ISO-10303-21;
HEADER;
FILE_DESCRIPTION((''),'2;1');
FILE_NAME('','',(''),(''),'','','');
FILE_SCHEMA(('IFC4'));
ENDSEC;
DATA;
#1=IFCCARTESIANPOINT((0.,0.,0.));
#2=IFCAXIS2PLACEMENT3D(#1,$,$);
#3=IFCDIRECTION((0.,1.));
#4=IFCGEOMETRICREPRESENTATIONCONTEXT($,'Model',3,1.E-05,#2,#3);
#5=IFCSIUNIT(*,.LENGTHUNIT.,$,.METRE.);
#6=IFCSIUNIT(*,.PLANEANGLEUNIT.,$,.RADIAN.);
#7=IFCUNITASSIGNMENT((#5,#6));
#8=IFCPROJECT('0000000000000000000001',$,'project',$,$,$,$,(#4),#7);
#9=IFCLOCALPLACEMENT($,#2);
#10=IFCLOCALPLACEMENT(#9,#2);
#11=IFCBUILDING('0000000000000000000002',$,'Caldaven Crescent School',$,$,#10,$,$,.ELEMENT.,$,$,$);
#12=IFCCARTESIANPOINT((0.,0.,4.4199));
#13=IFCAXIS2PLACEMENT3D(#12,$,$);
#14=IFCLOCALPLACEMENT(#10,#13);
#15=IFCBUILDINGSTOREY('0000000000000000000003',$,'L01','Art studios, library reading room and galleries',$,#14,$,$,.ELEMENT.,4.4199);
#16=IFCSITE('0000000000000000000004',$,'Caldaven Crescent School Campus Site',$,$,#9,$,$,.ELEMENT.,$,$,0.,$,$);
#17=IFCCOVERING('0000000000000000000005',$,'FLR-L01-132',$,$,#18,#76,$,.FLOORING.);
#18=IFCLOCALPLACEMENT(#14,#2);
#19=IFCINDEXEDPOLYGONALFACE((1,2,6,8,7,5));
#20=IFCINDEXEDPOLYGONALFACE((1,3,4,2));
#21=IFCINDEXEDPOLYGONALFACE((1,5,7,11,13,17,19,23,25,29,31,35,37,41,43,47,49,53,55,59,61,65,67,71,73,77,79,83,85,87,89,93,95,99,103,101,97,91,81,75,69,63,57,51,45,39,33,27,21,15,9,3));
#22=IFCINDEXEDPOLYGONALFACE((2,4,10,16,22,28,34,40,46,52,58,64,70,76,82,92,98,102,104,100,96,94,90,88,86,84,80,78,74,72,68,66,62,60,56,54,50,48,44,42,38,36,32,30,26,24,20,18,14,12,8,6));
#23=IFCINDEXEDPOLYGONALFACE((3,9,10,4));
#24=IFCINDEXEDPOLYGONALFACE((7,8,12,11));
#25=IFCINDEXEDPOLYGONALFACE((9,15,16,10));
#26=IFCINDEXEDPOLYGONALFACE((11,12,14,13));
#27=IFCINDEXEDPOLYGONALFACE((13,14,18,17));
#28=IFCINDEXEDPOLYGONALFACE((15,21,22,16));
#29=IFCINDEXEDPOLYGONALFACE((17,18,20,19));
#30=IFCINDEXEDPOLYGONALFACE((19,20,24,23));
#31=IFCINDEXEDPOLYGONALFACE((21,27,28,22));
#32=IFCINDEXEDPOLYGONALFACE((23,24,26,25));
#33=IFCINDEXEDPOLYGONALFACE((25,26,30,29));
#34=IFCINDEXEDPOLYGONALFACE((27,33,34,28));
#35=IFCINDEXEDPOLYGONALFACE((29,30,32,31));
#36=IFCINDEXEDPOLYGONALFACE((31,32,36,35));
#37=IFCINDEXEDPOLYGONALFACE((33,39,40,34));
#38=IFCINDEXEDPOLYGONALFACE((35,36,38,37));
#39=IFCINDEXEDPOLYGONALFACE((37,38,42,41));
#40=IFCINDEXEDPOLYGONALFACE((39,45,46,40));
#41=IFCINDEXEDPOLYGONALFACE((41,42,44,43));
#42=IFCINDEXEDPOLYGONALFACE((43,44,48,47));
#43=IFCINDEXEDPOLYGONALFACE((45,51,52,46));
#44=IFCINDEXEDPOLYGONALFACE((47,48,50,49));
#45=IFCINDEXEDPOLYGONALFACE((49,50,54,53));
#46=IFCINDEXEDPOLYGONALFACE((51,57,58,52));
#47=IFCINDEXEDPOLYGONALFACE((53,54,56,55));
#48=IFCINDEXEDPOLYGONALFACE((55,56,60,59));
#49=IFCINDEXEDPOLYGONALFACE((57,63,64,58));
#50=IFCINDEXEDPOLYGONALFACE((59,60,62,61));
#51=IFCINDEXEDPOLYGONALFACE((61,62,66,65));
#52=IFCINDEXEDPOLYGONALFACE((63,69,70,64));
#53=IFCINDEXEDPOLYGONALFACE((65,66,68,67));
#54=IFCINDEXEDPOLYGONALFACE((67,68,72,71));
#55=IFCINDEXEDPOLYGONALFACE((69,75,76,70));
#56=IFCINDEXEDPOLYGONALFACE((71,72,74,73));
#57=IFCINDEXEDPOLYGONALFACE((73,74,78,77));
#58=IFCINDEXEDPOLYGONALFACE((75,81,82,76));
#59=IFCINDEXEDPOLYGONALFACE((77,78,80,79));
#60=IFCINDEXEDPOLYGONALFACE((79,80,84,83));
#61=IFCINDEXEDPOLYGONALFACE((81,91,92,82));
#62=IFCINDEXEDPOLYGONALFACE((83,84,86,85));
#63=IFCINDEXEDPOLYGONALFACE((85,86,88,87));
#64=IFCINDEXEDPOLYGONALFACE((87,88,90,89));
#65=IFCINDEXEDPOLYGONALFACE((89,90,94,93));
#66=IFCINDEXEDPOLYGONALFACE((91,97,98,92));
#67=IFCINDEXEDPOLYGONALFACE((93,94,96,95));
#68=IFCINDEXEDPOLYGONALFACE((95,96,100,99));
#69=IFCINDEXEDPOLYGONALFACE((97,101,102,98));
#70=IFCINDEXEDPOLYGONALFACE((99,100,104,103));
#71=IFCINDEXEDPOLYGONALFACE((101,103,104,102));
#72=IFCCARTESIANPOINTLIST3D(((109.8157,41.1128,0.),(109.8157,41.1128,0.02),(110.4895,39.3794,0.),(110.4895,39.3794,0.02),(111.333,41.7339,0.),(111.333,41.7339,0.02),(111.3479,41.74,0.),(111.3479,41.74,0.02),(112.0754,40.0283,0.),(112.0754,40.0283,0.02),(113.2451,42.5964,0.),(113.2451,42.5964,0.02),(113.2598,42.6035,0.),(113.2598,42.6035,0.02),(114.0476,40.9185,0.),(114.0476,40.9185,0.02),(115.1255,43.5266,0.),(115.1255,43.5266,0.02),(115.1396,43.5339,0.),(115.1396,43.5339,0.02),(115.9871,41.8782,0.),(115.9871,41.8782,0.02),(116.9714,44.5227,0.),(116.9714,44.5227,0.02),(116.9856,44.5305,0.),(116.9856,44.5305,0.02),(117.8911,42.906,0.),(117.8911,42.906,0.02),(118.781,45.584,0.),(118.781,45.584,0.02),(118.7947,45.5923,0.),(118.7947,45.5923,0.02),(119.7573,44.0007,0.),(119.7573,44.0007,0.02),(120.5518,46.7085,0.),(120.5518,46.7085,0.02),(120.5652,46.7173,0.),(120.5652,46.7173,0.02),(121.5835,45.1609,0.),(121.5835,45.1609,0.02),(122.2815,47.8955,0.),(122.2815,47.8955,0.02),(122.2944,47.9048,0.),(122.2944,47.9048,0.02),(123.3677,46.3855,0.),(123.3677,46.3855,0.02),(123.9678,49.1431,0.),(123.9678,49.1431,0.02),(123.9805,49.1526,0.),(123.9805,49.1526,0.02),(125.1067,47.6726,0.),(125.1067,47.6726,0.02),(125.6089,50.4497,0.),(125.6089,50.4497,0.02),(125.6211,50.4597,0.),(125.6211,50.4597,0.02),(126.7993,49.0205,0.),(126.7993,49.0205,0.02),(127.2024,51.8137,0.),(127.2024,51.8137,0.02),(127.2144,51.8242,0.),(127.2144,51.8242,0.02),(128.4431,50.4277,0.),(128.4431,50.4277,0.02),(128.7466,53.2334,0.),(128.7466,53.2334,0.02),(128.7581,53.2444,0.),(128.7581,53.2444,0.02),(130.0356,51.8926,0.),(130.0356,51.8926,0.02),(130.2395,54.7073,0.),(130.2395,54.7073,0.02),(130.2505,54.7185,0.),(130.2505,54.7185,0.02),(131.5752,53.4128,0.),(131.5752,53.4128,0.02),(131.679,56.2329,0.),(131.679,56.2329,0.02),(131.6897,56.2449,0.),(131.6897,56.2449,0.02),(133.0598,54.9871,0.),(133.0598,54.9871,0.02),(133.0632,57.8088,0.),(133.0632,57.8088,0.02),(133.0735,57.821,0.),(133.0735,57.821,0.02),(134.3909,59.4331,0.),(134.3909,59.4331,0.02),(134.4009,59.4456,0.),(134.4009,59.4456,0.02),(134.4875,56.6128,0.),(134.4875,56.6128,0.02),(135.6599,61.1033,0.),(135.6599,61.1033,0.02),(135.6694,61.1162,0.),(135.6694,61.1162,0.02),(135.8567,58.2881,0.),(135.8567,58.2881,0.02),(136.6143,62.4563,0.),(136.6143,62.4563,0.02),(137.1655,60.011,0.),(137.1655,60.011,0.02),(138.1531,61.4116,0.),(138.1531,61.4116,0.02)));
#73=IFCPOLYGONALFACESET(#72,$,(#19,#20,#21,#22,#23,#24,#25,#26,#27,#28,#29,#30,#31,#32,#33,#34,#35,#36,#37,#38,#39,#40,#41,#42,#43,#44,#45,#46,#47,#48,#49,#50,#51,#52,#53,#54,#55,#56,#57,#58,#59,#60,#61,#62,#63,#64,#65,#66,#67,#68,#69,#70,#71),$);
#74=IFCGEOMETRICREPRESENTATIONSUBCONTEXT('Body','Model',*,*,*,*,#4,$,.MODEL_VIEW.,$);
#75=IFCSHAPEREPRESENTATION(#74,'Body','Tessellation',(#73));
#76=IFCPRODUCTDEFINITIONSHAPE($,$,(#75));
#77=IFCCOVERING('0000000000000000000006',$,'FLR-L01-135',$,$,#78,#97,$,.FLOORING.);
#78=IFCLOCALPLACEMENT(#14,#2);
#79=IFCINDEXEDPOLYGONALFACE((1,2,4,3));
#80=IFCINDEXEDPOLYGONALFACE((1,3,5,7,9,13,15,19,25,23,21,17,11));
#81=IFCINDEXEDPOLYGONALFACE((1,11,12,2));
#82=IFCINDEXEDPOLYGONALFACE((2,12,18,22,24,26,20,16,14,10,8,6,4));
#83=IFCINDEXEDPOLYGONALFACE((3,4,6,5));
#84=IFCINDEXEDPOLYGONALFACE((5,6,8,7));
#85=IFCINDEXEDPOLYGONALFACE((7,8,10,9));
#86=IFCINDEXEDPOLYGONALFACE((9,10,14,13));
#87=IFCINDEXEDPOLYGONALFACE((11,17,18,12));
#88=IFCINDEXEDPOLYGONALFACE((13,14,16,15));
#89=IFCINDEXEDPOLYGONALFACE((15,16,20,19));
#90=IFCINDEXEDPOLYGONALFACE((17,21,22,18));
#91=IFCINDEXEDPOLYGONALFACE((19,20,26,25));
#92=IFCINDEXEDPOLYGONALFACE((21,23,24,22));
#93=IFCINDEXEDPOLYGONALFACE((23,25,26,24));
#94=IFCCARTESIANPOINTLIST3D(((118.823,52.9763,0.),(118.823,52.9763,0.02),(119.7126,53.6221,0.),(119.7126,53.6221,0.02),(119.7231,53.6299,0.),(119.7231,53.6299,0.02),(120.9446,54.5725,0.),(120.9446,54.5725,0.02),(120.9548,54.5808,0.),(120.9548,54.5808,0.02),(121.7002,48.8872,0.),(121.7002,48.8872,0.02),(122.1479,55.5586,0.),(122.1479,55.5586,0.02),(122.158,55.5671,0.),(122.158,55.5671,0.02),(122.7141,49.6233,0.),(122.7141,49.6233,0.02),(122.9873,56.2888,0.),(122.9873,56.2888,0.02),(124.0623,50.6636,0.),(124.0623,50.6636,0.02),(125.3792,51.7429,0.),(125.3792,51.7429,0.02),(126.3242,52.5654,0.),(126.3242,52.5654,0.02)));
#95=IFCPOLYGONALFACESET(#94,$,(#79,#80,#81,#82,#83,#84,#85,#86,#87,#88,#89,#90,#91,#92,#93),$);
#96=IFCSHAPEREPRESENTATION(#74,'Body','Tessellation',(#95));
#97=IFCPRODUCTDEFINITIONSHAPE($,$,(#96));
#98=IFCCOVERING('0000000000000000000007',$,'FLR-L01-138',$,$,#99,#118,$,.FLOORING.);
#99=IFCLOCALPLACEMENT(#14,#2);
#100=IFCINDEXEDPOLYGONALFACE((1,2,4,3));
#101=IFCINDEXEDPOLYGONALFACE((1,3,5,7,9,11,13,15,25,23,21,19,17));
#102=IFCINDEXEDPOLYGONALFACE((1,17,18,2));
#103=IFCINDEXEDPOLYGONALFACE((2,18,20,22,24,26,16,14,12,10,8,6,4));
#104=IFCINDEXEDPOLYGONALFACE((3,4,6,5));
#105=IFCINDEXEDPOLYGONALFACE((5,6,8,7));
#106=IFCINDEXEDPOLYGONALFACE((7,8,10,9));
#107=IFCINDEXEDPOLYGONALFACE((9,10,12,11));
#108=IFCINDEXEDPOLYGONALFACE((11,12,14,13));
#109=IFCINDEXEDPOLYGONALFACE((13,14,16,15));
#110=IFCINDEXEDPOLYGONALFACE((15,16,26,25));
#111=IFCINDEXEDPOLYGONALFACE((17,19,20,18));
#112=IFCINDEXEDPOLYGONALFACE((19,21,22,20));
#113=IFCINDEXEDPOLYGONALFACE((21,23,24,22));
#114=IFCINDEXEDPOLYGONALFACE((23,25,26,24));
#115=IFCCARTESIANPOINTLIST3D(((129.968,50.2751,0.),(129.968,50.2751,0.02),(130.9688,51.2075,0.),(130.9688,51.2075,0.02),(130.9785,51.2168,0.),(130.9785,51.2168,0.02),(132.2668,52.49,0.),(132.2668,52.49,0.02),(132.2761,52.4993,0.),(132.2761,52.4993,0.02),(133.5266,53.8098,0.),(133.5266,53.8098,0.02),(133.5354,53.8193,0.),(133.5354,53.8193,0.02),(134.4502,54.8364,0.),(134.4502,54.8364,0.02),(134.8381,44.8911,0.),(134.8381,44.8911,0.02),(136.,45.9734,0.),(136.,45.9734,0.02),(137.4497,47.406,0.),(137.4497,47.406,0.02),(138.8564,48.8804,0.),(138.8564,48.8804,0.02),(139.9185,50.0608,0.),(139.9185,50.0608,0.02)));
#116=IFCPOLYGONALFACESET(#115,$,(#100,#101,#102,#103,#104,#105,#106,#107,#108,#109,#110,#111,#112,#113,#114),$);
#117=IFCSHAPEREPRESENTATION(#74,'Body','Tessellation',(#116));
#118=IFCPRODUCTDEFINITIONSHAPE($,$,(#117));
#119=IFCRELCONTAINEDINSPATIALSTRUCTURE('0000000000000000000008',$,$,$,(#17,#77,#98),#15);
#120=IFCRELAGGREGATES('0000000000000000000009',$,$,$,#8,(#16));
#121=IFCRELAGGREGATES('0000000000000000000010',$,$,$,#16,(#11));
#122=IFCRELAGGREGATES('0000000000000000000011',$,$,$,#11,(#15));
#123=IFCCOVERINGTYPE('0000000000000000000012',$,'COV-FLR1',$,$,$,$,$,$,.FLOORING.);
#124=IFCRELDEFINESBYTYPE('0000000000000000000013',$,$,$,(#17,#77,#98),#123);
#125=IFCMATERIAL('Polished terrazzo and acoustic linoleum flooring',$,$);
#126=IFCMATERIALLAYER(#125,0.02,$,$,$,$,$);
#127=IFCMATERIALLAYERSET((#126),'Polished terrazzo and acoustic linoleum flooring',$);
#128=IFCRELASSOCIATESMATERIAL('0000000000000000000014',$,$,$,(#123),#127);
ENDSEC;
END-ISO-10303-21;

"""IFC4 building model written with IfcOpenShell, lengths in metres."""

from ifc_helpers import new_model, si_unit, direction, frame, origin, place, context, subcontext, project, spatial, polyline, outline, extrude, material, layer, layer_set, type_object, element, save


model = new_model("IFC4")

# Units and contexts
model_context = context("Model", 3, precision=1e-05, world=origin(), true_north=direction((0.0, 1.0)))
body_context = subcontext(model_context, "Body", "Model", "MODEL_VIEW")
ifc_project = project(units=[si_unit("LENGTHUNIT", "METRE"), si_unit("PLANEANGLEUNIT", "RADIAN")], contexts=[model_context])

# Site, building, storey
site_placement = place(None, origin())
site = spatial("IfcSite", under=ifc_project, at=site_placement, Name="Caldaven Crescent School Campus Site", CompositionType="ELEMENT", RefElevation=0.0)
building_placement = place(site_placement, origin())
building = spatial("IfcBuilding", under=site, at=building_placement, Name="Caldaven Crescent School", CompositionType="ELEMENT")
storey_placement = place(building_placement, frame((0.0, 0.0, 4.4199)))
storey = spatial("IfcBuildingStorey", under=building, at=storey_placement, Name="L01", Description="Art studios, library reading room and galleries", CompositionType="ELEMENT", Elevation=4.4199)

# Coverings
ifc_material_1 = material(Name="Polished terrazzo and acoustic linoleum flooring")
ifc_layer_1 = layer(ifc_material_1, 0.02)
ifc_layer_set_1 = layer_set([ifc_layer_1], Name="Polished terrazzo and acoustic linoleum flooring")
covering_type_1 = type_object("IfcCoveringType", Name="COV-FLR1", PredefinedType="FLOORING", material=ifc_layer_set_1)
covering_1_placement = place(storey_placement, origin())
element("IfcCovering", 1, at=covering_1_placement, inside=storey, type_object=covering_type_1, Name="FLR-L01-132", PredefinedType="FLOORING", context=body_context, shape_type="SweptSolid", body=[
    extrude(outline(polyline([(109.8157, 41.1128), (111.333, 41.7339), (111.3479, 41.74), (113.2451, 42.5964), (113.2598, 42.6035), (115.1255, 43.5266), (115.1396, 43.5339), (116.9714, 44.5227), (116.9856, 44.5305), (118.781, 45.584), (118.7947, 45.5923), (120.5518, 46.7085), (120.5652, 46.7173), (122.2815, 47.8955), (122.2944, 47.9048), (123.9678, 49.1431), (123.9805, 49.1526), (125.6089, 50.4497), (125.6211, 50.4597), (127.2024, 51.8137), (127.2144, 51.8242), (128.7466, 53.2334), (128.7581, 53.2444), (130.2395, 54.7073), (130.2505, 54.7185), (131.679, 56.2329), (131.6897, 56.2449), (133.0632, 57.8088), (133.0735, 57.821), (134.3909, 59.4331), (134.4009, 59.4456), (135.6599, 61.1033), (135.6694, 61.1162), (136.6143, 62.4563), (138.1531, 61.4116), (137.1655, 60.011), (135.8567, 58.2881), (134.4875, 56.6128), (133.0598, 54.9871), (131.5752, 53.4128), (130.0356, 51.8926), (128.4431, 50.4277), (126.7993, 49.0205), (125.1067, 47.6726), (123.3677, 46.3855), (121.5835, 45.1609), (119.7573, 44.0007), (117.8911, 42.906), (115.9871, 41.8782), (114.0476, 40.9185), (112.0754, 40.0283), (110.4895, 39.3794), (109.8157, 41.1128)])), origin(), (0.0, 0.0, 1.0), 0.02),
])
covering_2_placement = place(storey_placement, origin())
element("IfcCovering", 2, at=covering_2_placement, inside=storey, type_object=covering_type_1, Name="FLR-L01-135", PredefinedType="FLOORING", context=body_context, shape_type="SweptSolid", body=[
    extrude(outline(polyline([(118.823, 52.9763), (119.7126, 53.6221), (119.7231, 53.6299), (120.9446, 54.5725), (120.9548, 54.5808), (122.1479, 55.5586), (122.158, 55.5671), (122.9873, 56.2888), (126.3242, 52.5654), (125.3792, 51.7429), (124.0623, 50.6636), (122.7141, 49.6233), (121.7002, 48.8872), (118.823, 52.9763)])), origin(), (0.0, 0.0, 1.0), 0.02),
])
covering_3_placement = place(storey_placement, origin())
element("IfcCovering", 3, at=covering_3_placement, inside=storey, type_object=covering_type_1, Name="FLR-L01-138", PredefinedType="FLOORING", context=body_context, shape_type="SweptSolid", body=[
    extrude(outline(polyline([(129.968, 50.2751), (130.9688, 51.2075), (130.9785, 51.2168), (132.2668, 52.49), (132.2761, 52.4993), (133.5266, 53.8098), (133.5354, 53.8193), (134.4502, 54.8364), (139.9185, 50.0608), (138.8564, 48.8804), (137.4497, 47.406), (136.0, 45.9734), (134.8381, 44.8911), (129.968, 50.2751)])), origin(), (0.0, 0.0, 1.0), 0.02),
])

save(model, "model.ifc")
